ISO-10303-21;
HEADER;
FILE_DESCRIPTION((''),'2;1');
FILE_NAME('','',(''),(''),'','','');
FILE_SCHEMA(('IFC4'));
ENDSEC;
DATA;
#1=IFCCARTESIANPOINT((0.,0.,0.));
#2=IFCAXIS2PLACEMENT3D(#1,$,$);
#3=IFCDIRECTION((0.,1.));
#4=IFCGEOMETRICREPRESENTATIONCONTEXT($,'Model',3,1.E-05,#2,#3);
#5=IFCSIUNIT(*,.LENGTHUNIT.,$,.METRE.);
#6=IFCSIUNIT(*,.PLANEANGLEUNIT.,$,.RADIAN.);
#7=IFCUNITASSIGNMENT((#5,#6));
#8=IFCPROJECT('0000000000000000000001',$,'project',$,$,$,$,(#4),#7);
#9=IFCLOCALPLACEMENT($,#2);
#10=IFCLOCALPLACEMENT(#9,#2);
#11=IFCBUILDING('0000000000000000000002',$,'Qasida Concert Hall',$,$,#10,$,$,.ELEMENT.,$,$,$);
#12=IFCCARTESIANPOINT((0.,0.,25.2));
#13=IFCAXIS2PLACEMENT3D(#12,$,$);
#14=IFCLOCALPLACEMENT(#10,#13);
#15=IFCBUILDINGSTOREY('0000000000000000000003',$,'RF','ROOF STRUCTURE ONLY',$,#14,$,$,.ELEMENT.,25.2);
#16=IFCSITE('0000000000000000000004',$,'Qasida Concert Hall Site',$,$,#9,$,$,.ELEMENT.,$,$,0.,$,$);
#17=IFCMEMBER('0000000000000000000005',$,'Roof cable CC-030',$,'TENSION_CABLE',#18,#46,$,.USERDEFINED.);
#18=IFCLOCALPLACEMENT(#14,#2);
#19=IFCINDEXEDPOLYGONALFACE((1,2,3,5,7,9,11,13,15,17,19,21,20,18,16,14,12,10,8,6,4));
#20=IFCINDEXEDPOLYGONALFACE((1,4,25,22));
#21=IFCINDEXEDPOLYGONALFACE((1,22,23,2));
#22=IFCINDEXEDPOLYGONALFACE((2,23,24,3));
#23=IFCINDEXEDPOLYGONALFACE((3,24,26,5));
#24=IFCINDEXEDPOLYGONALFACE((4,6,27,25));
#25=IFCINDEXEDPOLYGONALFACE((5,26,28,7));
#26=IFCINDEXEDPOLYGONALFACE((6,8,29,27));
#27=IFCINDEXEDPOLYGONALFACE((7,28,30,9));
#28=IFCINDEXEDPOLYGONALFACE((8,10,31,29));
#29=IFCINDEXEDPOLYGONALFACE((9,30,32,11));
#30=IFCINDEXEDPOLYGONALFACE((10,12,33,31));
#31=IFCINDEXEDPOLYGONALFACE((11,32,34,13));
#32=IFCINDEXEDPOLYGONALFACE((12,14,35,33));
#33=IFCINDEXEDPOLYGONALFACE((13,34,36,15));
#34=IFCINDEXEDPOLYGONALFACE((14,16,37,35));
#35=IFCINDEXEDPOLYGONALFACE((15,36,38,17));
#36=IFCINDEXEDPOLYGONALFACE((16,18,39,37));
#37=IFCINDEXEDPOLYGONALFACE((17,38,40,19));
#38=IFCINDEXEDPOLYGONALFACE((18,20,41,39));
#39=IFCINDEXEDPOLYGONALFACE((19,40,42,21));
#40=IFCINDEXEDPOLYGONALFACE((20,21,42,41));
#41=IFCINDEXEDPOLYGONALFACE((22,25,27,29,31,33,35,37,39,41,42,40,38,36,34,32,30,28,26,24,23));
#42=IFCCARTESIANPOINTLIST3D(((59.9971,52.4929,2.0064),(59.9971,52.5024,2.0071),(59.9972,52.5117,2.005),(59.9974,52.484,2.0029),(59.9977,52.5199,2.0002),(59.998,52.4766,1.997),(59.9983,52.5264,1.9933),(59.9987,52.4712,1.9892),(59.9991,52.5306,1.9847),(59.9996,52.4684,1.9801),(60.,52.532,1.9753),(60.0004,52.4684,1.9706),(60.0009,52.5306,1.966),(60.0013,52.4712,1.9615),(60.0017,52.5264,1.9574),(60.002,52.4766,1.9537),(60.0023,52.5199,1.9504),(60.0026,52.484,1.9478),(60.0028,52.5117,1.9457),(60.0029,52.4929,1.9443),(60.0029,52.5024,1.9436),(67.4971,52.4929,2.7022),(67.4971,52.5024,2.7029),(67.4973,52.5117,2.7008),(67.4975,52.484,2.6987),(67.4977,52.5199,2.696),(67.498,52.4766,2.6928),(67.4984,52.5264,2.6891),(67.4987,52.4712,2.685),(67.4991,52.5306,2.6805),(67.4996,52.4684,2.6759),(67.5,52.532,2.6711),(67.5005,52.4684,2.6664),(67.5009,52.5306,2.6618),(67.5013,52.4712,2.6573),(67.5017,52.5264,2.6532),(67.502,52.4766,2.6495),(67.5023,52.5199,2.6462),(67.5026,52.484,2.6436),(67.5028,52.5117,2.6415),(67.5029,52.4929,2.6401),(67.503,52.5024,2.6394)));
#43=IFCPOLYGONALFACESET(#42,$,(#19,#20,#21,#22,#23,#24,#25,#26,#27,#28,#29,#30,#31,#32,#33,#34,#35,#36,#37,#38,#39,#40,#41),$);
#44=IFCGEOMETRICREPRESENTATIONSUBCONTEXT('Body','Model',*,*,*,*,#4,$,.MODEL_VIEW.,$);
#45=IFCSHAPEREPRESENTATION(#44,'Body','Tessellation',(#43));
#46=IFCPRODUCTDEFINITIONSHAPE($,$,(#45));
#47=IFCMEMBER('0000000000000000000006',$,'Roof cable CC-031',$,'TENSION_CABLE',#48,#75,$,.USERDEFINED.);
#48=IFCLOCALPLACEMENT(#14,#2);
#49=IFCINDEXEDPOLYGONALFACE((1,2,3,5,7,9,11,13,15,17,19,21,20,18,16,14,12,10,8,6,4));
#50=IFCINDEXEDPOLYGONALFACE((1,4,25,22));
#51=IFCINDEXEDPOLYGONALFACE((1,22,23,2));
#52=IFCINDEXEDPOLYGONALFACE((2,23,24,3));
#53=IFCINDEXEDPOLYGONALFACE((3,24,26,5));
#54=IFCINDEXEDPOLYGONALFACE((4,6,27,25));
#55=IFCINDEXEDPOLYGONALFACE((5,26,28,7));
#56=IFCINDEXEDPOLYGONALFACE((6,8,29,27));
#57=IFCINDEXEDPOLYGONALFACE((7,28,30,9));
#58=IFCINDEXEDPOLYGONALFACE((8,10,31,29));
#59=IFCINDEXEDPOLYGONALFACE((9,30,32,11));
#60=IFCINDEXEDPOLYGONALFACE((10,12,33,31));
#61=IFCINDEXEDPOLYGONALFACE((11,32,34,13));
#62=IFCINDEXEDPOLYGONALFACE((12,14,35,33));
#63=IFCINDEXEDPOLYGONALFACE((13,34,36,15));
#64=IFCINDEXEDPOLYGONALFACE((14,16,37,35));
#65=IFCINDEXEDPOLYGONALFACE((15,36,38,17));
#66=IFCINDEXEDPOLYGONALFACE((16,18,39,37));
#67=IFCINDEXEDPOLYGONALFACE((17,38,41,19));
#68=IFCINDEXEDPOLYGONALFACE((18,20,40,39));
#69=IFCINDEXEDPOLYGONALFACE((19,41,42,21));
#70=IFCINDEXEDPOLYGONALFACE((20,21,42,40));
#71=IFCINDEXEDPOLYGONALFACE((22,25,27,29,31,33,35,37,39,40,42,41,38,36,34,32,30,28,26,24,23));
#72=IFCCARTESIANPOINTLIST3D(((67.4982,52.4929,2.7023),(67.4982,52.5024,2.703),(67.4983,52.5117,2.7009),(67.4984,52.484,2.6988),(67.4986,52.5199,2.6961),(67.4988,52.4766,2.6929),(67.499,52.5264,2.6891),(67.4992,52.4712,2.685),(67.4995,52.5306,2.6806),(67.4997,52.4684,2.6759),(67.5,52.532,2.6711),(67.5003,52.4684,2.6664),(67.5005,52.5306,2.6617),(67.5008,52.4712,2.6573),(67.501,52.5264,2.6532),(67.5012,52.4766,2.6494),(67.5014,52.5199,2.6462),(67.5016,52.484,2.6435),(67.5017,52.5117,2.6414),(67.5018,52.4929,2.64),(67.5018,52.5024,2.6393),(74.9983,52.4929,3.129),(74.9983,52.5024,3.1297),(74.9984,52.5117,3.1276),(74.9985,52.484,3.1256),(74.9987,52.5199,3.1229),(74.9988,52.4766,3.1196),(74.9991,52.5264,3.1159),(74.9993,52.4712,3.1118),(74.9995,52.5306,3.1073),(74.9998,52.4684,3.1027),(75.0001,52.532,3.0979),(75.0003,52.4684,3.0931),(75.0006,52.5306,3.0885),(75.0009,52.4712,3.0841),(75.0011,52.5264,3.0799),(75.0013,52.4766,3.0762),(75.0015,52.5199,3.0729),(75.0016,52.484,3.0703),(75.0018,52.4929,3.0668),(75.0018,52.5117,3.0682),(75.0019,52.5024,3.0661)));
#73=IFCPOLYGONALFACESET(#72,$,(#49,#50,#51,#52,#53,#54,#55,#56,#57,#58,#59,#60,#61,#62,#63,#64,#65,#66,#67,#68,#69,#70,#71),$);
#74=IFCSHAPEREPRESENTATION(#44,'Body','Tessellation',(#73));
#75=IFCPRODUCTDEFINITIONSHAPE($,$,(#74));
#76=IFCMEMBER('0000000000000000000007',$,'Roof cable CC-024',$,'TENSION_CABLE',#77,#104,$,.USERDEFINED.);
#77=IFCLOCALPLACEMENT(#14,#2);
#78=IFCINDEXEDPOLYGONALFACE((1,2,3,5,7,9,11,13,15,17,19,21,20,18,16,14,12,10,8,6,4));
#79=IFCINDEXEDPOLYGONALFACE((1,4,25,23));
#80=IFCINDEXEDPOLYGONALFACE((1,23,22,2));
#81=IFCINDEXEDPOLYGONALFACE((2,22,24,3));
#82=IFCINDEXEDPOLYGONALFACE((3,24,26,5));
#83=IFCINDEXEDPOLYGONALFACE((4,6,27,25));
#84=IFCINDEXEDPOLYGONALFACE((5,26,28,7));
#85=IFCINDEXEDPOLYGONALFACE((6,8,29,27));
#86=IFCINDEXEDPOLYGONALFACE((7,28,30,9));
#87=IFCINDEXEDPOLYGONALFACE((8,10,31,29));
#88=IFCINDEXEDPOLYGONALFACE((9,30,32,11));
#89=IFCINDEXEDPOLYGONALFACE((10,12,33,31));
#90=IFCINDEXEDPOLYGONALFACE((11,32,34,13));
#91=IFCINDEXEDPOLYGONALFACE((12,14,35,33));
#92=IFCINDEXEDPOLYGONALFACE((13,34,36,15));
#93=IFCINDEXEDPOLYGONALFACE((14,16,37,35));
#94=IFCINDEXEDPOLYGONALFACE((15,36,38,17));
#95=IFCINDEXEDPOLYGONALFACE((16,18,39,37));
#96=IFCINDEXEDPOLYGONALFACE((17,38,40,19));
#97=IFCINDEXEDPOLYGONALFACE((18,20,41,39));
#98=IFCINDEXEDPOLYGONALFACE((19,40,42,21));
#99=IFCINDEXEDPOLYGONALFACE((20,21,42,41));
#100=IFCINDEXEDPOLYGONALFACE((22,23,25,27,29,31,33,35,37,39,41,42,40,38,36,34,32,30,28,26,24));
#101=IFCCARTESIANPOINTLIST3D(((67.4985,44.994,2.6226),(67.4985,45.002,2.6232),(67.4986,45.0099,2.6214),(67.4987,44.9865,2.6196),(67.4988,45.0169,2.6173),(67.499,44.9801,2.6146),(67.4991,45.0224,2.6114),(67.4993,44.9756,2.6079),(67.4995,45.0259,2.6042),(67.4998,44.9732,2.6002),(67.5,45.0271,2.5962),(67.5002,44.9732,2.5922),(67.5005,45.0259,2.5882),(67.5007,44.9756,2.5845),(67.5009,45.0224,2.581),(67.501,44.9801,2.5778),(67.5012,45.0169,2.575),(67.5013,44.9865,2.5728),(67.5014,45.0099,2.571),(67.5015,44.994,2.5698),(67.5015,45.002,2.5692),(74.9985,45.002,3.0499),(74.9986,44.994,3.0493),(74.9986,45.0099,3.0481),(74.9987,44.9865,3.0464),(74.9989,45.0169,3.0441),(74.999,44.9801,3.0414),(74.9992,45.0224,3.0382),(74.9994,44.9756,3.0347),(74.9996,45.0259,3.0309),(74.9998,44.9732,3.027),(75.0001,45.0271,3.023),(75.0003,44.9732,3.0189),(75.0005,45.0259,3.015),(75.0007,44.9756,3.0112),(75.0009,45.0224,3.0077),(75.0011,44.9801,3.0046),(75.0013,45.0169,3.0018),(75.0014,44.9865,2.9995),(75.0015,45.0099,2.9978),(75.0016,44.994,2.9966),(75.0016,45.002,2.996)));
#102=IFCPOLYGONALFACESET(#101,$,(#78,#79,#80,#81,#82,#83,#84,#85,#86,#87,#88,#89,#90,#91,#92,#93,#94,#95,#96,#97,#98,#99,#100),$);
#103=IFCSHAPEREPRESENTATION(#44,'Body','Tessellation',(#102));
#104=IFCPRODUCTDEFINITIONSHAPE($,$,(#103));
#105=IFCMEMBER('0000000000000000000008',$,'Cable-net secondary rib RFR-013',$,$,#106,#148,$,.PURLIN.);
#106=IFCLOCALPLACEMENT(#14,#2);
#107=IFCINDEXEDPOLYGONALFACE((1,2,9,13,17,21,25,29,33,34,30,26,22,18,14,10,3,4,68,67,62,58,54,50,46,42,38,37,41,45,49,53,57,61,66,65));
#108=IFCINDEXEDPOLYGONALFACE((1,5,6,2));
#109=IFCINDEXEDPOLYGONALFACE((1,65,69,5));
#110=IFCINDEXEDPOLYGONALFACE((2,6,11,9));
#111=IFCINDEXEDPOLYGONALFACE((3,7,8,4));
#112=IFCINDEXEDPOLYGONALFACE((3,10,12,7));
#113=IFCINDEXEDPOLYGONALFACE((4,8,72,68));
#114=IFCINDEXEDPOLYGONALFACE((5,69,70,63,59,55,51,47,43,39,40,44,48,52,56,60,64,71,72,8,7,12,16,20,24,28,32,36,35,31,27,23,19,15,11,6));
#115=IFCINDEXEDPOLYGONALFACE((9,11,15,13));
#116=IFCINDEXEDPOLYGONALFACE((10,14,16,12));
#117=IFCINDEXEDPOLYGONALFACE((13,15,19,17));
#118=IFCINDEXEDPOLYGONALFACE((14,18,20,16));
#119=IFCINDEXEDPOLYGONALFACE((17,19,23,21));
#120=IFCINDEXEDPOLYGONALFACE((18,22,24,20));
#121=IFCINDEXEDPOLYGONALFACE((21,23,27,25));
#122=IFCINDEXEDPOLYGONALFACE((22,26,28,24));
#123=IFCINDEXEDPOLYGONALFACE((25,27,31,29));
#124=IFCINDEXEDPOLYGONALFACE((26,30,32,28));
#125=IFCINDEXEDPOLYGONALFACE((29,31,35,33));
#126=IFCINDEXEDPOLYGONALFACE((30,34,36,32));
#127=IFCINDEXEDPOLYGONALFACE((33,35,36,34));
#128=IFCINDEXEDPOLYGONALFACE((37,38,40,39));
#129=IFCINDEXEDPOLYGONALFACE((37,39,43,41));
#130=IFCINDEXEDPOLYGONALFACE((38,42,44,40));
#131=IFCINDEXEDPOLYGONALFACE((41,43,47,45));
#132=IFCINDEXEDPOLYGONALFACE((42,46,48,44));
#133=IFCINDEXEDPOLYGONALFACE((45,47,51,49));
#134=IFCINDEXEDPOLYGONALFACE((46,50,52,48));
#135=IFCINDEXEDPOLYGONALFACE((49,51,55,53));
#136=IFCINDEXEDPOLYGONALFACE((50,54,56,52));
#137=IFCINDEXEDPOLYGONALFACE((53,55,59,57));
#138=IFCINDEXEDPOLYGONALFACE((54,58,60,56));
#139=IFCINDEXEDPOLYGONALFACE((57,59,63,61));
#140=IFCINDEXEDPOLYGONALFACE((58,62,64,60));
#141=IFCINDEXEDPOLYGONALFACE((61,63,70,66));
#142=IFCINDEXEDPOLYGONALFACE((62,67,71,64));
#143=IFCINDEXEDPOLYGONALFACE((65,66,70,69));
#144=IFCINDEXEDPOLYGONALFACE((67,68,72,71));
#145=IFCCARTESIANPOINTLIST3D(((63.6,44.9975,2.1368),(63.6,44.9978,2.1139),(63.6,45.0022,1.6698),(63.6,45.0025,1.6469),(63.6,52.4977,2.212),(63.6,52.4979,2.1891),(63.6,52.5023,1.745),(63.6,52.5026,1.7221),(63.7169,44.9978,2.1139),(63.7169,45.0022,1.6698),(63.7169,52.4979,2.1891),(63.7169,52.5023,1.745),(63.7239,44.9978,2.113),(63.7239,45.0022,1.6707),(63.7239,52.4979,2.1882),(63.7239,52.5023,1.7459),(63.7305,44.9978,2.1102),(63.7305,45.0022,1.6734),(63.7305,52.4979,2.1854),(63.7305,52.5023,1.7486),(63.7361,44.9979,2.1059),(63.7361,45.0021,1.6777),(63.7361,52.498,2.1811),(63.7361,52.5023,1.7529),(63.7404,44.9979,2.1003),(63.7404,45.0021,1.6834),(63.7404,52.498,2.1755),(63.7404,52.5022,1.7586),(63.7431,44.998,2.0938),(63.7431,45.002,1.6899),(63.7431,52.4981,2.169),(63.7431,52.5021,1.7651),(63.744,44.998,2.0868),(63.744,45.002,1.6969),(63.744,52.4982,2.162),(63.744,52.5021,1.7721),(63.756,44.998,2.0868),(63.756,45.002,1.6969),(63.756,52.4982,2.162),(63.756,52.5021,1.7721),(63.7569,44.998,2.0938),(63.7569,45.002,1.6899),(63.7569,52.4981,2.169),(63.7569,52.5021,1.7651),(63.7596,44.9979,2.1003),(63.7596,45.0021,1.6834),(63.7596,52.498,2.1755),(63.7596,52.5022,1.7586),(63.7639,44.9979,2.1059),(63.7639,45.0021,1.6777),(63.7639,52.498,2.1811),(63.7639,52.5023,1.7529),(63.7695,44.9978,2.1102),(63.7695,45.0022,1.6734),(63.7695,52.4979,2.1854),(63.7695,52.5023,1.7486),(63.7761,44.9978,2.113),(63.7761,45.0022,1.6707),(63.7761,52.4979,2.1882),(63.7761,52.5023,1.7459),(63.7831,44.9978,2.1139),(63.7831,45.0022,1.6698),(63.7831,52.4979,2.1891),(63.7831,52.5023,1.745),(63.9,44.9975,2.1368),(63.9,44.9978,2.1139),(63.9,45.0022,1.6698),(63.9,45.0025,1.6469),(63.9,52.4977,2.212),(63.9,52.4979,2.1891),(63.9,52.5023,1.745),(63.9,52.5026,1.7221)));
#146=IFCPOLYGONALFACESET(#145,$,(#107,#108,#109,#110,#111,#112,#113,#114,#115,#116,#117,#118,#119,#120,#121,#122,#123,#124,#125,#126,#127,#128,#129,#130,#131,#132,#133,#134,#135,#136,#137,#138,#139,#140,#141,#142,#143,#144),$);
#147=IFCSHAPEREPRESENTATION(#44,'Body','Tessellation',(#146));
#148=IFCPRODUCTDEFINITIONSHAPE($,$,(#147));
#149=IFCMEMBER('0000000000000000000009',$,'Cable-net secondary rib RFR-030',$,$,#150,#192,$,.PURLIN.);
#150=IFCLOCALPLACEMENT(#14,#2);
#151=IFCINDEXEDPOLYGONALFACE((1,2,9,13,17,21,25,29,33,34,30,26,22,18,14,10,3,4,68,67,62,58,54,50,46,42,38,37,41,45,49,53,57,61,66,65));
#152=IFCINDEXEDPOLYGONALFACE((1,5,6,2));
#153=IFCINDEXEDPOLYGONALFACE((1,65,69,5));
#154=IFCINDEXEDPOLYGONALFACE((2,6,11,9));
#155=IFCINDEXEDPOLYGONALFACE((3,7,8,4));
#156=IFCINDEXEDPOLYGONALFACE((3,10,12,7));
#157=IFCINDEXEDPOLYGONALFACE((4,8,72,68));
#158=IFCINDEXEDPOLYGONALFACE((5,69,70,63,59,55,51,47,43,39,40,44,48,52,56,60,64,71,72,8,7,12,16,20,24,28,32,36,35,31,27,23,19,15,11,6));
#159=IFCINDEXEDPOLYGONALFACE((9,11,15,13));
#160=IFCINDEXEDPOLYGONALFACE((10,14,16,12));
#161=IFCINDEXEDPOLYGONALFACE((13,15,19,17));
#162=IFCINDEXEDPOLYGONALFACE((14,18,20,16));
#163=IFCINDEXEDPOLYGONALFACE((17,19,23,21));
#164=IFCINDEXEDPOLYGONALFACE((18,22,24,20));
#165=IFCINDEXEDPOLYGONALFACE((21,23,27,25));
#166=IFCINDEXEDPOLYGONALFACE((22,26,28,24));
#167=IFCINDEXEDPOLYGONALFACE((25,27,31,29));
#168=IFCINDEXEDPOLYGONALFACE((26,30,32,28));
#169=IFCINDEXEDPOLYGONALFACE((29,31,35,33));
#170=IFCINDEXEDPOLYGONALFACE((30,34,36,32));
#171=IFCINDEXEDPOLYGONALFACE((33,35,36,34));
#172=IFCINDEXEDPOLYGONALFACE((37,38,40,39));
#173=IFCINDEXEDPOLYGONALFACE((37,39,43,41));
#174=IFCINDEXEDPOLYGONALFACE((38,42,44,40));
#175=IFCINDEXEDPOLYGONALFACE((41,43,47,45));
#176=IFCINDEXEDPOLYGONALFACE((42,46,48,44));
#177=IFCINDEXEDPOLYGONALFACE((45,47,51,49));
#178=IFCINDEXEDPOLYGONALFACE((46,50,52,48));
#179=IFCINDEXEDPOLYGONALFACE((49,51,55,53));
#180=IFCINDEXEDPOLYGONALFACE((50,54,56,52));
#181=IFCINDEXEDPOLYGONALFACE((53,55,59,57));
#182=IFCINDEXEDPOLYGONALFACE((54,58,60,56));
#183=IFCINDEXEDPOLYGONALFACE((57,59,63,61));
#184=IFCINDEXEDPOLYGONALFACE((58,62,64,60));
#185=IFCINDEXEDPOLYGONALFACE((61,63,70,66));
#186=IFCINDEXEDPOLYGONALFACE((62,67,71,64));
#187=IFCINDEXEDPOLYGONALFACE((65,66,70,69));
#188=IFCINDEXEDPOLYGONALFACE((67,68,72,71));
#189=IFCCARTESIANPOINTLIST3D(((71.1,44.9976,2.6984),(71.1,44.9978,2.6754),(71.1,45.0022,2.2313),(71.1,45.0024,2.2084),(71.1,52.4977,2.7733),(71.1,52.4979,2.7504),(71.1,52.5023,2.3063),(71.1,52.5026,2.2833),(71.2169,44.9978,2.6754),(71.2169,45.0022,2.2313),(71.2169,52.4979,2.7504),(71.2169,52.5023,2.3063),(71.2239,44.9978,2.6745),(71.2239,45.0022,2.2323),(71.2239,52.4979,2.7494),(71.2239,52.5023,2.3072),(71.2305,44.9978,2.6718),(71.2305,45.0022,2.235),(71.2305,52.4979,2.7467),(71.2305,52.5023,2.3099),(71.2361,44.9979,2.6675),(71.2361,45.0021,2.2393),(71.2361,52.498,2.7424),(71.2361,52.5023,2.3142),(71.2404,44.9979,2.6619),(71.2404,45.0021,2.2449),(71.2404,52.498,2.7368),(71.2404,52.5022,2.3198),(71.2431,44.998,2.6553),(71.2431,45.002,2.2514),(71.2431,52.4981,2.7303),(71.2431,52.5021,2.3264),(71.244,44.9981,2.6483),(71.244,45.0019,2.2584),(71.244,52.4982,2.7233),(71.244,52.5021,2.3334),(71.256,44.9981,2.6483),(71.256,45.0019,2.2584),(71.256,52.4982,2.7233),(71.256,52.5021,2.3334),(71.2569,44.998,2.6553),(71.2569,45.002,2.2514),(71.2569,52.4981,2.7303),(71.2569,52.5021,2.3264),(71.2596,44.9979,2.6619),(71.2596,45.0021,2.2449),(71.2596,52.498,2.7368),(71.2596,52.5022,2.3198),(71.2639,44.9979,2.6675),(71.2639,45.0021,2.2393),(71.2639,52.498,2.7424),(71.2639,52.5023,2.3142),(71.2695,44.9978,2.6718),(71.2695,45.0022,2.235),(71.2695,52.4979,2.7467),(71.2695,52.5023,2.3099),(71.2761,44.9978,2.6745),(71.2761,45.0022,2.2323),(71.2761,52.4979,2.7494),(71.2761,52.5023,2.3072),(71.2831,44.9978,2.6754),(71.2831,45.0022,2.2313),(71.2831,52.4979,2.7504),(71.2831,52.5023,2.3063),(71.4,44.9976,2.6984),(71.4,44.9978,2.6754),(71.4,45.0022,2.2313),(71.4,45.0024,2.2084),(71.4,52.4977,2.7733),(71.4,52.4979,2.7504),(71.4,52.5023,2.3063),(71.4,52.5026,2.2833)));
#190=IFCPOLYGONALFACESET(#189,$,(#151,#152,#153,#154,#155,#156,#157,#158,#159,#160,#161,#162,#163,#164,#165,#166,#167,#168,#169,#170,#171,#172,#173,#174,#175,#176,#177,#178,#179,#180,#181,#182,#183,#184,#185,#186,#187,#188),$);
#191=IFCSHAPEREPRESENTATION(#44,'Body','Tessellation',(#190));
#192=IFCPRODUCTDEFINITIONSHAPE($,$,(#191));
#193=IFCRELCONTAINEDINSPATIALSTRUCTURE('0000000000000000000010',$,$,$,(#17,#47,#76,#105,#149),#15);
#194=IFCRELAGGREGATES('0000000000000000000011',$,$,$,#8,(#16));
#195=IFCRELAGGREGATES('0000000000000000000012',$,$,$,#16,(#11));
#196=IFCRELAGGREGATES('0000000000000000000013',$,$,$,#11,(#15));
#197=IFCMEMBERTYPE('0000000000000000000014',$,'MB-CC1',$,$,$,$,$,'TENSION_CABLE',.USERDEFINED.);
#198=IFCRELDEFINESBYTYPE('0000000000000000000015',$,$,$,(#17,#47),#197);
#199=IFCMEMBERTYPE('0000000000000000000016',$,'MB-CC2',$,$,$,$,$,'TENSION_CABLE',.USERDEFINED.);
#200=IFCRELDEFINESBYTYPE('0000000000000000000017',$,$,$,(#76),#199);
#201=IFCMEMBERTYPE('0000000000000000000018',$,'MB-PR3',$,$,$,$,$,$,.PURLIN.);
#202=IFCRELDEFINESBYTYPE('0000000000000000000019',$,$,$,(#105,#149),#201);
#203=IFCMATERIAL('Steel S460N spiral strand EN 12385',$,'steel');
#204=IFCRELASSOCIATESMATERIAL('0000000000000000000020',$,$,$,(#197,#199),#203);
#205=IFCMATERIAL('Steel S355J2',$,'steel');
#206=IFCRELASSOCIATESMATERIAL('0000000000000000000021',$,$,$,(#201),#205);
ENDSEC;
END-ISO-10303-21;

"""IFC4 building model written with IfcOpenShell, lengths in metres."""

from ifc_helpers import new_model, si_unit, direction, frame, origin, origin_2d, place, context, subcontext, project, spatial, circle, i_section, extrude, material, material_profile, profile_set, type_object, element, save


model = new_model("IFC4")

# Units and contexts
model_context = context("Model", 3, precision=1e-05, world=origin(), true_north=direction((0.0, 1.0)))
body_context = subcontext(model_context, "Body", "Model", "MODEL_VIEW")
ifc_project = project(units=[si_unit("LENGTHUNIT", "METRE"), si_unit("PLANEANGLEUNIT", "RADIAN")], contexts=[model_context])

# Site, building, storey
site_placement = place(None, origin())
site = spatial("IfcSite", under=ifc_project, at=site_placement, Name="Qasida Concert Hall Site", CompositionType="ELEMENT", RefElevation=0.0)
building_placement = place(site_placement, origin())
building = spatial("IfcBuilding", under=site, at=building_placement, Name="Qasida Concert Hall", CompositionType="ELEMENT")
storey_placement = place(building_placement, frame((0.0, 0.0, 25.2)))
storey = spatial("IfcBuildingStorey", under=building, at=storey_placement, Name="RF", Description="ROOF STRUCTURE ONLY", CompositionType="ELEMENT", Elevation=25.2)

# Members
ifc_material_1 = material(Name="Steel S460N spiral strand EN 12385", Category="steel")
ifc_material_profile_1 = material_profile(ifc_material_1, circle(Radius=0.032, at=origin_2d()), Name="STRAND D64")
ifc_profile_set_1 = profile_set([ifc_material_profile_1], Name="Steel S460N spiral strand EN 12385")
member_type_1 = type_object("IfcMemberType", Name="MB-CC1", ElementType="TENSION_CABLE", PredefinedType="USERDEFINED", material=ifc_profile_set_1)
member_1_placement = place(storey_placement, frame((60.0, 52.5, 1.9753), z_axis=(0.995724, 0.0, 0.092377), x_axis=(0.0, 1.0, 0.0)))
element("IfcMember", 1, at=member_1_placement, inside=storey, type_object=member_type_1, Name="Roof cable CC-030", ObjectType="TENSION_CABLE", PredefinedType="USERDEFINED", context=body_context, shape_type="SweptSolid", body=[
    extrude(circle(Radius=0.032, at=origin_2d()), origin(), (0.0, 0.0, 1.0), 7.5322),
])
member_2_placement = place(storey_placement, frame((67.5, 52.5, 2.6711), z_axis=(0.998385, 0.0, 0.056809), x_axis=(0.0, 1.0, 0.0)))
element("IfcMember", 2, at=member_2_placement, inside=storey, type_object=member_type_1, Name="Roof cable CC-031", ObjectType="TENSION_CABLE", PredefinedType="USERDEFINED", context=body_context, shape_type="SweptSolid", body=[
    extrude(circle(Radius=0.032, at=origin_2d()), origin(), (0.0, 0.0, 1.0), 7.5122),
])
ifc_material_profile_2 = material_profile(ifc_material_1, circle(Radius=0.0271, at=origin_2d()), Name="STRAND D54")
ifc_profile_set_2 = profile_set([ifc_material_profile_2], Name="Steel S460N spiral strand EN 12385")
member_type_2 = type_object("IfcMemberType", Name="MB-CC2", ElementType="TENSION_CABLE", PredefinedType="USERDEFINED", material=ifc_profile_set_2)
member_3_placement = place(storey_placement, frame((67.5, 45.0, 2.5962), z_axis=(0.998385, 0.0, 0.056809), x_axis=(0.0, 1.0, 0.0)))
element("IfcMember", 3, at=member_3_placement, inside=storey, type_object=member_type_2, Name="Roof cable CC-024", ObjectType="TENSION_CABLE", PredefinedType="USERDEFINED", context=body_context, shape_type="SweptSolid", body=[
    extrude(circle(Radius=0.0271, at=origin_2d()), origin(), (0.0, 0.0, 1.0), 7.5122),
])
ifc_material_2 = material(Name="Steel S355J2", Category="steel")
ifc_material_profile_3 = material_profile(ifc_material_2, i_section(OverallWidth=0.3, OverallDepth=0.49, WebThickness=0.012, FlangeThickness=0.0229, FilletRadius=0.0271, at=origin_2d()), Name="HEA 500")
ifc_profile_set_3 = profile_set([ifc_material_profile_3], Name="Steel S355J2")
member_type_3 = type_object("IfcMemberType", Name="MB-PR3", PredefinedType="PURLIN", material=ifc_profile_set_3)
for number, where, z_axis, x_axis, name in (
    (4, (63.75, 45.0, 1.8918), (0.0, 0.99995, 0.010026), (-1.0, 0.0, 0.0), "Cable-net secondary rib RFR-013"),
    (5, (71.25, 45.0, 2.4534), (0.0, 0.99995, 0.009993), (-1.0, 0.0, 0.0), "Cable-net secondary rib RFR-030"),
):
    element("IfcMember", number, at=place(storey_placement, frame(where, z_axis=z_axis, x_axis=x_axis)), inside=storey, type_object=member_type_3, Name=name, PredefinedType="PURLIN", context=body_context, shape_type="SweptSolid", body=[
        extrude(i_section(OverallWidth=0.3, OverallDepth=0.49, WebThickness=0.012, FlangeThickness=0.0229, FilletRadius=0.0271, at=origin_2d()), origin(), (0.0, 0.0, 1.0), 7.5005),
    ])

save(model, "model.ifc")
